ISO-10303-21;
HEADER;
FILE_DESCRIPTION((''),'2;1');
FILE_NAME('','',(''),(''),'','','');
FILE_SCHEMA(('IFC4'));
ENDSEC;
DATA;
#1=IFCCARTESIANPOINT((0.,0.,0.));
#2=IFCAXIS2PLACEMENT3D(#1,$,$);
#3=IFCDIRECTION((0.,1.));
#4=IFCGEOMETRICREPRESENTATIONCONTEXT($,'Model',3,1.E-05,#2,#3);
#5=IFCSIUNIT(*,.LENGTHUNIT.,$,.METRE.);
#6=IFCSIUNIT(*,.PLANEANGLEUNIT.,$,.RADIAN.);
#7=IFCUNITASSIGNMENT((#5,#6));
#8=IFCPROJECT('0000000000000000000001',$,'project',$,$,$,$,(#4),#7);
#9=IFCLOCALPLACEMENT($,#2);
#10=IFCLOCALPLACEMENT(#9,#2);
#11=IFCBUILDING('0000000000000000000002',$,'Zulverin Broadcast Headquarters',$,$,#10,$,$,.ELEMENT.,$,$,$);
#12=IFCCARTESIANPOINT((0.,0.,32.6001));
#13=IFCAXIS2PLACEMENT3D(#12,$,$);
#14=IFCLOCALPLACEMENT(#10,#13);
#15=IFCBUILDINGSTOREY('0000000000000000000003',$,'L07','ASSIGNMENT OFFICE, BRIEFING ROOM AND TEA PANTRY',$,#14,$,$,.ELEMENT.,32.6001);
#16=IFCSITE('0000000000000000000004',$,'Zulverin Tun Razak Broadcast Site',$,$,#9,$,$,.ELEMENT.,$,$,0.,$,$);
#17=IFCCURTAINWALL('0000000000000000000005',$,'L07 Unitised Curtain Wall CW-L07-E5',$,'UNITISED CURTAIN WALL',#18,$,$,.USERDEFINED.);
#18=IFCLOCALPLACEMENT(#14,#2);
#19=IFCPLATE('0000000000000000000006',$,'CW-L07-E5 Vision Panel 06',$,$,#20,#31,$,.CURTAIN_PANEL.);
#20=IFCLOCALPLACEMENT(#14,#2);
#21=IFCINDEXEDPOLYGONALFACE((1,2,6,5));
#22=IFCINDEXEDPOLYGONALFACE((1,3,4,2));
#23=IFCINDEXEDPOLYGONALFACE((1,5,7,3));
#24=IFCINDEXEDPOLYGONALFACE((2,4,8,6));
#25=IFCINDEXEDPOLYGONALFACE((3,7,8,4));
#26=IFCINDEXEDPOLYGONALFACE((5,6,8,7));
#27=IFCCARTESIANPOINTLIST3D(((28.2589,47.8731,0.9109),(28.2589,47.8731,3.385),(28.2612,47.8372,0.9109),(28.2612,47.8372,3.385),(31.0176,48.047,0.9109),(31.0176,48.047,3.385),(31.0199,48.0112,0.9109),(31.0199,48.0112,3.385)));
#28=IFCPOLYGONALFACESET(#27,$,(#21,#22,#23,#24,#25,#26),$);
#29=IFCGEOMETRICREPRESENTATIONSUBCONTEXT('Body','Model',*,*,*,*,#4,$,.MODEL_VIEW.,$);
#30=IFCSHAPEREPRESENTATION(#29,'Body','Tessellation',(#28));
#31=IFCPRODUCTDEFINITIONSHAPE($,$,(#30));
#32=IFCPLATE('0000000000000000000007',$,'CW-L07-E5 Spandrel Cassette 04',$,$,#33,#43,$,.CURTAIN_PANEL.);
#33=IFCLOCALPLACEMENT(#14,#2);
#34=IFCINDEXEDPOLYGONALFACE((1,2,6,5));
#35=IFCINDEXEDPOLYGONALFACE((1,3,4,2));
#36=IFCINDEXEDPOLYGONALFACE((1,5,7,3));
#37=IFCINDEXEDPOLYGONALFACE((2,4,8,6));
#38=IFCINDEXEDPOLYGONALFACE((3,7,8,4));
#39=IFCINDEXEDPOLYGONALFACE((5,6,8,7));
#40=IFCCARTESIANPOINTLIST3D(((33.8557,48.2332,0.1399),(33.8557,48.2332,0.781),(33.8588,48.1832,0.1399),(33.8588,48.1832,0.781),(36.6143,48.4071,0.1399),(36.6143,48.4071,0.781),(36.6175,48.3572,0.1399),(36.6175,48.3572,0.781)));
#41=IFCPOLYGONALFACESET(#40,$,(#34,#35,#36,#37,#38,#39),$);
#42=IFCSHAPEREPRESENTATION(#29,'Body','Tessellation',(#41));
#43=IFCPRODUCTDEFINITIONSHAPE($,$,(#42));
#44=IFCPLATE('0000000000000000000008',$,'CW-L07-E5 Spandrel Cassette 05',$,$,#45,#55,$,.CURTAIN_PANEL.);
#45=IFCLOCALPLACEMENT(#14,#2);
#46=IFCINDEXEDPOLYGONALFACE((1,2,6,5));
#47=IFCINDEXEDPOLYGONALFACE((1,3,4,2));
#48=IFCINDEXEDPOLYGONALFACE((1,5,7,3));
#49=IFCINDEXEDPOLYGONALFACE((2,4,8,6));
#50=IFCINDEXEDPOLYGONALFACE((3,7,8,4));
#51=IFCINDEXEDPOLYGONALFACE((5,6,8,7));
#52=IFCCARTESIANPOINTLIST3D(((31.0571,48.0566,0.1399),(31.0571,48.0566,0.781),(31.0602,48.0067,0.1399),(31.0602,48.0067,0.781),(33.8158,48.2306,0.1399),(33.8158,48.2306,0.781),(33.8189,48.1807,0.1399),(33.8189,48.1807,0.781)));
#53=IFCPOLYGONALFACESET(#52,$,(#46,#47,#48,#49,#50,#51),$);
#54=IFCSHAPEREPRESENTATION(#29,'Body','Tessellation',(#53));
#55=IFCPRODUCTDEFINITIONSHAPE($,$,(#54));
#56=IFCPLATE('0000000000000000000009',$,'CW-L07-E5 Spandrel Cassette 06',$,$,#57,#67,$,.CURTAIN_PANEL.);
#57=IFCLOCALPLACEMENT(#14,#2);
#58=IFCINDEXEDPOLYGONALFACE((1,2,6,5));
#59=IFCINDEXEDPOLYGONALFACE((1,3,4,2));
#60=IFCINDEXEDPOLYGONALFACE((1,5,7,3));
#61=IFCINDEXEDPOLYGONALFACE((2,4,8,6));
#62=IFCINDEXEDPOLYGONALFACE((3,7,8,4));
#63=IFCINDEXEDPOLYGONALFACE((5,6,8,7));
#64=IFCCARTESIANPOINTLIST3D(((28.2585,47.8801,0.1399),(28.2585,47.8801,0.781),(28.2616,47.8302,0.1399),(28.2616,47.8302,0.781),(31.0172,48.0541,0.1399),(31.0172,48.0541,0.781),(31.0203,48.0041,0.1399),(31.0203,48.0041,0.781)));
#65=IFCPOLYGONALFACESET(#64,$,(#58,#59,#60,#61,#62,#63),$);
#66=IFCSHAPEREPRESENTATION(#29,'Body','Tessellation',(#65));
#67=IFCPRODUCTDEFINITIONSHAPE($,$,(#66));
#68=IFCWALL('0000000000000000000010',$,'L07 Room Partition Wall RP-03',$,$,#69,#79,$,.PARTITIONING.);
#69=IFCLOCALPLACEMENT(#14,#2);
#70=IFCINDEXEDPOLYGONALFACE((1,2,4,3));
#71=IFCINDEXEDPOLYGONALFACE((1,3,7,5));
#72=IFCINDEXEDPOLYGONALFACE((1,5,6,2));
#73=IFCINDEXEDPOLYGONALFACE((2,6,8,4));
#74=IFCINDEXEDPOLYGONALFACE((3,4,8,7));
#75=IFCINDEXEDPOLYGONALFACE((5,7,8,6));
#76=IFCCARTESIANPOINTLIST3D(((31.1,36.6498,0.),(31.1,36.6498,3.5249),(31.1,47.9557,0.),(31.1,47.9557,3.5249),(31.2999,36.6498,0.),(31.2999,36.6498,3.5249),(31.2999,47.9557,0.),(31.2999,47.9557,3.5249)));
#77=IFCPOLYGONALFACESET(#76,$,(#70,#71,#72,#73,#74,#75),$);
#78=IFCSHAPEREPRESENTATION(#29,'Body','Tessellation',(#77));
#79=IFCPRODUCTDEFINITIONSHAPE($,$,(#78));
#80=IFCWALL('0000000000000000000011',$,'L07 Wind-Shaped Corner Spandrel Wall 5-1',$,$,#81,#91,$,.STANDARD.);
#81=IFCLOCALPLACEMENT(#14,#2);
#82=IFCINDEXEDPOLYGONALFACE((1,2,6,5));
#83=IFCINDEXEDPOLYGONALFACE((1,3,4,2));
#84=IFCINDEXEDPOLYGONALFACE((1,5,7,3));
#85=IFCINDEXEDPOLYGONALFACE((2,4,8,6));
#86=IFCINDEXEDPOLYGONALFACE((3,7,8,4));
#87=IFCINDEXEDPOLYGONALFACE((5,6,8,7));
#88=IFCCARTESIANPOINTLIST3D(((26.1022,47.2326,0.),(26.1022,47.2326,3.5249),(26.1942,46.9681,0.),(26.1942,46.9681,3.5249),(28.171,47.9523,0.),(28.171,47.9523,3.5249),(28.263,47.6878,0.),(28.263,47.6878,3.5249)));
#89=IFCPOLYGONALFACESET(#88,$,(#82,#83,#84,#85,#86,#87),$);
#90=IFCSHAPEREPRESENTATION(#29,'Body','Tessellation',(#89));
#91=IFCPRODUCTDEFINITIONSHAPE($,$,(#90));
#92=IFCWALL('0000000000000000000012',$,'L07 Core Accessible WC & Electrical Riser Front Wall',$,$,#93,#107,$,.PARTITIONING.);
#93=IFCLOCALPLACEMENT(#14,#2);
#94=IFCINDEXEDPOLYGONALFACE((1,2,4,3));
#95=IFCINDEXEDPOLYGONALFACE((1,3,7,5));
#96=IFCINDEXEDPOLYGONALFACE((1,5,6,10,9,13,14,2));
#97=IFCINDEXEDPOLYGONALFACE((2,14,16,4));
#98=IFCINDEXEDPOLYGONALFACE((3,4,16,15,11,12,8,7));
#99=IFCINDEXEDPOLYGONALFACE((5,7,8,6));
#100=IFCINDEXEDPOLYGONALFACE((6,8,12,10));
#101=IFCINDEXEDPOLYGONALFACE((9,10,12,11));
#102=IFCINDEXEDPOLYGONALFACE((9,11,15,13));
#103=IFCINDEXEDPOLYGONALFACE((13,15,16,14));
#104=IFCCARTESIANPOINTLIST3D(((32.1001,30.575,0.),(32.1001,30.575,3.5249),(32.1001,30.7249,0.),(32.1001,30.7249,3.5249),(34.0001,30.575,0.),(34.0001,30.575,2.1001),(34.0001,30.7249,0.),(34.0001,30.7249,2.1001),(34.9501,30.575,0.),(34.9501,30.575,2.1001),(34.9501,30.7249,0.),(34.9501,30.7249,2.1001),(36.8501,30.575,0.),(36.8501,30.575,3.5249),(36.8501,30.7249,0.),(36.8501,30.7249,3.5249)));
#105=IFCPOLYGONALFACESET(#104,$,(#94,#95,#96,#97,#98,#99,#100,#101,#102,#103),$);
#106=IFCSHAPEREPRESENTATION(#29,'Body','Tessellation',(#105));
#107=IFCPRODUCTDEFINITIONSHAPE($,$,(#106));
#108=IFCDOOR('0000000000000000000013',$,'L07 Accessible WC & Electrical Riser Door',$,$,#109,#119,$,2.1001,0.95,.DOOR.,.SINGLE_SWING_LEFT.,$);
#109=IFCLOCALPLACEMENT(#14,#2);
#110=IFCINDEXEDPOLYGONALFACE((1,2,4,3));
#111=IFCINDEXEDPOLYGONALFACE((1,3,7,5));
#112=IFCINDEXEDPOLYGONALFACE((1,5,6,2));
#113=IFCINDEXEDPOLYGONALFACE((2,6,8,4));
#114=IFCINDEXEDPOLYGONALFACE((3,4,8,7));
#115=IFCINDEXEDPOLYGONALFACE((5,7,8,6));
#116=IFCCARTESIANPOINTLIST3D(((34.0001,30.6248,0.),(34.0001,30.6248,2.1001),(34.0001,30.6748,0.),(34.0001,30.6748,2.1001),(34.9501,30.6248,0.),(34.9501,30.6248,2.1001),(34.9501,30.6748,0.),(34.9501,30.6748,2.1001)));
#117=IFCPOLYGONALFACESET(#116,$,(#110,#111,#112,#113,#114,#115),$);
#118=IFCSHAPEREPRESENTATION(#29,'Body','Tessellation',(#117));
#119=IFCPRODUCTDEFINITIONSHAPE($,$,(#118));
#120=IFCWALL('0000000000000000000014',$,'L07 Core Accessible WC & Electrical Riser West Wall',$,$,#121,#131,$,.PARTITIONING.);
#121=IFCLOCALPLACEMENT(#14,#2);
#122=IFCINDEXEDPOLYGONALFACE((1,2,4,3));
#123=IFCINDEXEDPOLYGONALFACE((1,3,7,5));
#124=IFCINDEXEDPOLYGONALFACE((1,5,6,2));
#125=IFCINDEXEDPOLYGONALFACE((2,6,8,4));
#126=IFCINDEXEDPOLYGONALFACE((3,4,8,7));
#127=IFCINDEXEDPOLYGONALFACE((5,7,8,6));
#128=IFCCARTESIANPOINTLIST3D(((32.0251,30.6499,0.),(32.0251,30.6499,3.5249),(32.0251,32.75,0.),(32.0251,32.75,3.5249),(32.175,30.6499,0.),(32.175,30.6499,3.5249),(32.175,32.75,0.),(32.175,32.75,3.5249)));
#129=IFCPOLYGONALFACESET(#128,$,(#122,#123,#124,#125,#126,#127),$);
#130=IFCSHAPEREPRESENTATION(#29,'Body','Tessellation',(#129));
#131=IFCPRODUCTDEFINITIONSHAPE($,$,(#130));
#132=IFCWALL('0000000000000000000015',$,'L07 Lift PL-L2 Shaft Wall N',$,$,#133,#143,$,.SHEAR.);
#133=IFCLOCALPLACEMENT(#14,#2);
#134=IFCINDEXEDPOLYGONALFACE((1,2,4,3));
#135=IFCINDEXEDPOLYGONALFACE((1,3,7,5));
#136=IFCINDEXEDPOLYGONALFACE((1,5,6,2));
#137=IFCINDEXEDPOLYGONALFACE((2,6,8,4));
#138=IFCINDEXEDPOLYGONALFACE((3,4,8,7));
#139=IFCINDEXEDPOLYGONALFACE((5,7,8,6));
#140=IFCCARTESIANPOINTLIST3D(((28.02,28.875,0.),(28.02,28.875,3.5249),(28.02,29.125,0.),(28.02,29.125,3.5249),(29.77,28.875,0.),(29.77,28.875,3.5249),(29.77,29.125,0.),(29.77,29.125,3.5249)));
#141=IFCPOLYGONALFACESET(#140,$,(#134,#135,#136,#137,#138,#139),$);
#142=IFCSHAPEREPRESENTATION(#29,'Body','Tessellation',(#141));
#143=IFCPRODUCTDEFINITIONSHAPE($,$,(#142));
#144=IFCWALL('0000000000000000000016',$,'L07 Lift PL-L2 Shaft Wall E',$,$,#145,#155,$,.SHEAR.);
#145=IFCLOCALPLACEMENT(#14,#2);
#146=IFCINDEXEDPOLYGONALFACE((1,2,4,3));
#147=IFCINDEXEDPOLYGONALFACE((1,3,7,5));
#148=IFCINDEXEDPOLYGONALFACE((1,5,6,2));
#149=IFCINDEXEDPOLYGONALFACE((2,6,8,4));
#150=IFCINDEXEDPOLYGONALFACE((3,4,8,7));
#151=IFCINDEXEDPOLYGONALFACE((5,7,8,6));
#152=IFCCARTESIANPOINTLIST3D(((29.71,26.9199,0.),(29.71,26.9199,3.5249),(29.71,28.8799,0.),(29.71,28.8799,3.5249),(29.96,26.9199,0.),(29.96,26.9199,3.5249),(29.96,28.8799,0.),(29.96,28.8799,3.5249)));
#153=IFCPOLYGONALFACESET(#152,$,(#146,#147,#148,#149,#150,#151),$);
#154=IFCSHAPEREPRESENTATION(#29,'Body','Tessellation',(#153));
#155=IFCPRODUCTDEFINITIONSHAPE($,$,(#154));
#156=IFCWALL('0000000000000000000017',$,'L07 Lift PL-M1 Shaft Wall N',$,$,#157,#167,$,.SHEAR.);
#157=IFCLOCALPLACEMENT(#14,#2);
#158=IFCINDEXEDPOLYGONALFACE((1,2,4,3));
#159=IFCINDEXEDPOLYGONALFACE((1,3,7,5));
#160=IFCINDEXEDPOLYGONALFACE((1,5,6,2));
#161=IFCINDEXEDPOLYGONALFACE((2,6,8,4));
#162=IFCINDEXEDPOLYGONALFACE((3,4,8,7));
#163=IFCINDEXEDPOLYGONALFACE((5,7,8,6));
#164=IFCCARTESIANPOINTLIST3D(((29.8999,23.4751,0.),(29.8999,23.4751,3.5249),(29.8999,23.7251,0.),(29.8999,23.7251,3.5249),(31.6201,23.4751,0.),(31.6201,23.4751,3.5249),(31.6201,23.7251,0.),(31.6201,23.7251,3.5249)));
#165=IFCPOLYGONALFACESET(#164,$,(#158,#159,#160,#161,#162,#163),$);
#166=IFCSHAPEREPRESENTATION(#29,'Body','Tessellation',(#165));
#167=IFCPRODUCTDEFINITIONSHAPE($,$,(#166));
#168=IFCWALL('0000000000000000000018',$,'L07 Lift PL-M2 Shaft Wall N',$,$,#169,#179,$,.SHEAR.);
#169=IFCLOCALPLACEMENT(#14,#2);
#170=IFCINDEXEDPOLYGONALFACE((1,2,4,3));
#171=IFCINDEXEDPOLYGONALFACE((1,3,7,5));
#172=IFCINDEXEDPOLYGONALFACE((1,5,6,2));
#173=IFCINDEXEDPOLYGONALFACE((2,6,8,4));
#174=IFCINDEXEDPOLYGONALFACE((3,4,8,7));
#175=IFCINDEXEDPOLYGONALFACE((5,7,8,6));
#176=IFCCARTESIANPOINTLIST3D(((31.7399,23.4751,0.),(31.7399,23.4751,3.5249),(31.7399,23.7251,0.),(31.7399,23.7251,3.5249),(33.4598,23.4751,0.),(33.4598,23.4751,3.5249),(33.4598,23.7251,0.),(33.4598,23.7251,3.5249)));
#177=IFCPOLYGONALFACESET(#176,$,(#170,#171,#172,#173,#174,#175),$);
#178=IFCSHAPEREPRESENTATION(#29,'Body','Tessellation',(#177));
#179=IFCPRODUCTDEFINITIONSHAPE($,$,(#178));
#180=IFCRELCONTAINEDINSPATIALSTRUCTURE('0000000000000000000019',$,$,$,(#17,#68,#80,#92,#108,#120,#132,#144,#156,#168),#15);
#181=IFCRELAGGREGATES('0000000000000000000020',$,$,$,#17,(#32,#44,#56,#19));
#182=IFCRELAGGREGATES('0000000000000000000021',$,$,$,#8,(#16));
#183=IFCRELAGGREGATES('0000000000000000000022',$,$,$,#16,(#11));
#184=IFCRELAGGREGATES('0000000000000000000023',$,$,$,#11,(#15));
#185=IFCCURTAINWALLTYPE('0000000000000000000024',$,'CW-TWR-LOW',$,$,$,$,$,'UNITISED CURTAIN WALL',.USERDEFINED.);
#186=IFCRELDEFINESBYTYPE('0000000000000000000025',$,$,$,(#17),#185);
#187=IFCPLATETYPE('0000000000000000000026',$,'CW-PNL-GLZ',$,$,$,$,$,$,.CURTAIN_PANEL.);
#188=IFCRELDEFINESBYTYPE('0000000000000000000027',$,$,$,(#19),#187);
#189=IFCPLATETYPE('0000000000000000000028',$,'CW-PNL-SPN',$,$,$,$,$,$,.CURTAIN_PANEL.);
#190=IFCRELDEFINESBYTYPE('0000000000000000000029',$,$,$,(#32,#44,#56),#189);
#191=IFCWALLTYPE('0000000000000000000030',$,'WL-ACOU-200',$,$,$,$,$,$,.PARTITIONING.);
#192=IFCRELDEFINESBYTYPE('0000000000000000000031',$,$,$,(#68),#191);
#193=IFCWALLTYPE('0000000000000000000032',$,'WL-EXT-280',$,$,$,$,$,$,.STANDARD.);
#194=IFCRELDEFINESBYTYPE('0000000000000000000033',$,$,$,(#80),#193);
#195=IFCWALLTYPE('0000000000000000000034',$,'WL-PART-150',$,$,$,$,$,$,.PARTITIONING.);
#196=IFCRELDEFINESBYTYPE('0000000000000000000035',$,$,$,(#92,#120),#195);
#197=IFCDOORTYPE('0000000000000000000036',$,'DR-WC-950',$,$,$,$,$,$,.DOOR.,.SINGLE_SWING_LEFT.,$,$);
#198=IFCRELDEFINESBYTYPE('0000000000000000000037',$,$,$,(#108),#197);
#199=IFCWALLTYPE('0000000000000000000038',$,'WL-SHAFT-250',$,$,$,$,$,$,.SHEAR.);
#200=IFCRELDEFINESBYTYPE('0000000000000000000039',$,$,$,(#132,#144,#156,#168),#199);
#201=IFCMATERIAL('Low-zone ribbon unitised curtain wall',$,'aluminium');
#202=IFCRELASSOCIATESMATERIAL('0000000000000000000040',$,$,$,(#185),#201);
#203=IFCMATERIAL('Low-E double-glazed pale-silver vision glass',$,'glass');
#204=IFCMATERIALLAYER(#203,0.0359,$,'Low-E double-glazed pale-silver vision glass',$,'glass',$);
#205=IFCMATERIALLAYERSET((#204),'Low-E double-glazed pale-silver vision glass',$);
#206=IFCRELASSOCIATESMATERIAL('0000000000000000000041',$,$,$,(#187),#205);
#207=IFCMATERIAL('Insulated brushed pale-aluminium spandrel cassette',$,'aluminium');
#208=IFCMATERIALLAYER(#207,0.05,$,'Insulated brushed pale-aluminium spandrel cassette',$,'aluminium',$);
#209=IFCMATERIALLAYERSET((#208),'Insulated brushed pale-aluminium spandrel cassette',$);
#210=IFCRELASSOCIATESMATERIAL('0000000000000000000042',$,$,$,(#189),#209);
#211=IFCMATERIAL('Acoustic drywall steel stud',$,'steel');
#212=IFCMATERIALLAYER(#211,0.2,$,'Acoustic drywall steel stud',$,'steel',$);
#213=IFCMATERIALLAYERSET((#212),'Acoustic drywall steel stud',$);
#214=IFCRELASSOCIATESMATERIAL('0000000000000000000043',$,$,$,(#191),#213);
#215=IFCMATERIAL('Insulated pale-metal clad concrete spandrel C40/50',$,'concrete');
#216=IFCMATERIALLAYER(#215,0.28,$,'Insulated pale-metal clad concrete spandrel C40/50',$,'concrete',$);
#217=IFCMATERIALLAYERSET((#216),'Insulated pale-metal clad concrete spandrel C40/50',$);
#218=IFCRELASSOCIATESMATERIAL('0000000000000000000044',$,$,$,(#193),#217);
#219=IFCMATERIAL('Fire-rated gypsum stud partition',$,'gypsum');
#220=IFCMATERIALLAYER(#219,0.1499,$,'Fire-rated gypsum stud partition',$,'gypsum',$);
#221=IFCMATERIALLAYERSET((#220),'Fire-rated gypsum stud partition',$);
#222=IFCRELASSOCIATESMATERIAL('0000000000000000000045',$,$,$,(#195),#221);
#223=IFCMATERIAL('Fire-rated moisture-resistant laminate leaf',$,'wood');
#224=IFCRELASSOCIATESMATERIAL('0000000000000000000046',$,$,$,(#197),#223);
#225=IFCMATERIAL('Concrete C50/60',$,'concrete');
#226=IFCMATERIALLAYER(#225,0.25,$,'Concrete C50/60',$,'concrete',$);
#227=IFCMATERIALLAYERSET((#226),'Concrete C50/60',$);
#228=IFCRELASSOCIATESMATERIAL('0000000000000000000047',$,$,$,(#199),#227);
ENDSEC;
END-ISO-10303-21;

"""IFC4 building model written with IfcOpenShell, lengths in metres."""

from ifc_helpers import new_model, si_unit, direction, frame, frame_2d, origin, origin_2d, place, context, subcontext, project, spatial, rectangle, extrude, material, layer, layer_set, type_object, element, fill, aggregate, save


model = new_model("IFC4")

# Units and contexts
model_context = context("Model", 3, precision=1e-05, world=origin(), true_north=direction((0.0, 1.0)))
body_context = subcontext(model_context, "Body", "Model", "MODEL_VIEW")
ifc_project = project(units=[si_unit("LENGTHUNIT", "METRE"), si_unit("PLANEANGLEUNIT", "RADIAN")], contexts=[model_context])

# Site, building, storey
site_placement = place(None, origin())
site = spatial("IfcSite", under=ifc_project, at=site_placement, Name="Zulverin Tun Razak Broadcast Site", CompositionType="ELEMENT", RefElevation=0.0)
building_placement = place(site_placement, origin())
building = spatial("IfcBuilding", under=site, at=building_placement, Name="Zulverin Broadcast Headquarters", CompositionType="ELEMENT")
storey_placement = place(building_placement, frame((0.0, 0.0, 32.6001)))
storey = spatial("IfcBuildingStorey", under=building, at=storey_placement, Name="L07", Description="ASSIGNMENT OFFICE, BRIEFING ROOM AND TEA PANTRY", CompositionType="ELEMENT", Elevation=32.6001)

# Curtain wall, plates
ifc_material_1 = material(Name="Low-zone ribbon unitised curtain wall", Category="aluminium")
curtain_wall_type = type_object("IfcCurtainWallType", Name="CW-TWR-LOW", ElementType="UNITISED CURTAIN WALL", PredefinedType="USERDEFINED", material=ifc_material_1)
curtain_wall_placement = place(storey_placement, origin())
curtain_wall = element("IfcCurtainWall", 1, at=curtain_wall_placement, inside=storey, type_object=curtain_wall_type, Name="L07 Unitised Curtain Wall CW-L07-E5", ObjectType="UNITISED CURTAIN WALL", PredefinedType="USERDEFINED")
ifc_material_2 = material(Name="Low-E double-glazed pale-silver vision glass", Category="glass")
ifc_layer_1 = layer(ifc_material_2, 0.0359, Name="Low-E double-glazed pale-silver vision glass", Category="glass")
ifc_layer_set_1 = layer_set([ifc_layer_1], Name="Low-E double-glazed pale-silver vision glass")
plate_type_1 = type_object("IfcPlateType", Name="CW-PNL-GLZ", PredefinedType="CURTAIN_PANEL", material=ifc_layer_set_1)
plate_1_placement = place(storey_placement, frame((29.6394, 47.9421, 0.9109), z_axis=(0.0, 0.0, 1.0), x_axis=(-0.998018, -0.062935, 0.0)))
plate_1 = element("IfcPlate", 2, at=plate_1_placement, type_object=plate_type_1, Name="CW-L07-E5 Vision Panel 06", PredefinedType="CURTAIN_PANEL", context=body_context, shape_type="SweptSolid", body=[
    extrude(rectangle(XDim=2.7642, YDim=0.0359, at=origin_2d()), origin(), (0.0, 0.0, 1.0), 2.4741),
])
ifc_material_3 = material(Name="Insulated brushed pale-aluminium spandrel cassette", Category="aluminium")
ifc_layer_2 = layer(ifc_material_3, 0.05, Name="Insulated brushed pale-aluminium spandrel cassette", Category="aluminium")
ifc_layer_set_2 = layer_set([ifc_layer_2], Name="Insulated brushed pale-aluminium spandrel cassette")
plate_type_2 = type_object("IfcPlateType", Name="CW-PNL-SPN", PredefinedType="CURTAIN_PANEL", material=ifc_layer_set_2)
plate_2_placement = place(storey_placement, frame((35.2366, 48.2952, 0.1399), z_axis=(0.0, 0.0, 1.0), x_axis=(-0.998018, -0.062935, 0.0)))
plate_2 = element("IfcPlate", 3, at=plate_2_placement, type_object=plate_type_2, Name="CW-L07-E5 Spandrel Cassette 04", PredefinedType="CURTAIN_PANEL", context=body_context, shape_type="SweptSolid", body=[
    extrude(rectangle(XDim=2.7642, YDim=0.05, at=origin_2d()), origin(), (0.0, 0.0, 1.0), 0.6411),
])
plate_3_placement = place(storey_placement, frame((32.438, 48.1187, 0.1399), z_axis=(0.0, 0.0, 1.0), x_axis=(-0.998018, -0.062935, 0.0)))
plate_3 = element("IfcPlate", 4, at=plate_3_placement, type_object=plate_type_2, Name="CW-L07-E5 Spandrel Cassette 05", PredefinedType="CURTAIN_PANEL", context=body_context, shape_type="SweptSolid", body=[
    extrude(rectangle(XDim=2.7642, YDim=0.05, at=origin_2d()), origin(), (0.0, 0.0, 1.0), 0.6411),
])
plate_4_placement = place(storey_placement, frame((29.6394, 47.9421, 0.1399), z_axis=(0.0, 0.0, 1.0), x_axis=(-0.998018, -0.062935, 0.0)))
plate_4 = element("IfcPlate", 5, at=plate_4_placement, type_object=plate_type_2, Name="CW-L07-E5 Spandrel Cassette 06", PredefinedType="CURTAIN_PANEL", context=body_context, shape_type="SweptSolid", body=[
    extrude(rectangle(XDim=2.7642, YDim=0.05, at=origin_2d()), origin(), (0.0, 0.0, 1.0), 0.6411),
])
aggregate(curtain_wall, [plate_2, plate_3, plate_4, plate_1])

# Walls
ifc_material_4 = material(Name="Acoustic drywall steel stud", Category="steel")
ifc_layer_3 = layer(ifc_material_4, 0.2, Name="Acoustic drywall steel stud", Category="steel")
ifc_layer_set_3 = layer_set([ifc_layer_3], Name="Acoustic drywall steel stud")
wall_type_1 = type_object("IfcWallType", Name="WL-ACOU-200", PredefinedType="PARTITIONING", material=ifc_layer_set_3)
wall_1_placement = place(storey_placement, frame((31.2, 36.6499, 0.0), z_axis=(0.0, 0.0, 1.0), x_axis=(0.0, 1.0, 0.0)))
element("IfcWall", 6, at=wall_1_placement, inside=storey, type_object=wall_type_1, Name="L07 Room Partition Wall RP-03", PredefinedType="PARTITIONING", context=body_context, shape_type="SweptSolid", body=[
    extrude(rectangle(XDim=11.3059, YDim=0.2, at=frame_2d((5.6528, 0.0))), origin(), (0.0, 0.0, 1.0), 3.5249),
])
ifc_material_5 = material(Name="Insulated pale-metal clad concrete spandrel C40/50", Category="concrete")
ifc_layer_4 = layer(ifc_material_5, 0.28, Name="Insulated pale-metal clad concrete spandrel C40/50", Category="concrete")
ifc_layer_set_4 = layer_set([ifc_layer_4], Name="Insulated pale-metal clad concrete spandrel C40/50")
wall_type_2 = type_object("IfcWallType", Name="WL-EXT-280", PredefinedType="STANDARD", material=ifc_layer_set_4)
wall_2_placement = place(storey_placement, frame((28.217, 47.8201, 0.0), z_axis=(0.0, 0.0, 1.0), x_axis=(-0.944479, -0.328572, 0.0)))
element("IfcWall", 7, at=wall_2_placement, inside=storey, type_object=wall_type_2, Name="L07 Wind-Shaped Corner Spandrel Wall 5-1", PredefinedType="STANDARD", context=body_context, shape_type="SweptSolid", body=[
    extrude(rectangle(XDim=2.1904, YDim=0.28, at=frame_2d((1.0952, 0.0))), origin(), (0.0, 0.0, 1.0), 3.5249),
])

# Wall, opening, door
ifc_material_6 = material(Name="Fire-rated gypsum stud partition", Category="gypsum")
ifc_layer_5 = layer(ifc_material_6, 0.1499, Name="Fire-rated gypsum stud partition", Category="gypsum")
ifc_layer_set_5 = layer_set([ifc_layer_5], Name="Fire-rated gypsum stud partition")
wall_type_3 = type_object("IfcWallType", Name="WL-PART-150", PredefinedType="PARTITIONING", material=ifc_layer_set_5)
wall_3_placement = place(storey_placement, frame((32.1001, 30.6499, 0.0), z_axis=(0.0, 0.0, 1.0), x_axis=(1.0, 0.0, 0.0)))
wall_3 = element("IfcWall", 8, at=wall_3_placement, inside=storey, type_object=wall_type_3, Name="L07 Core Accessible WC & Electrical Riser Front Wall", PredefinedType="PARTITIONING", context=body_context, shape_type="SweptSolid", body=[
    extrude(rectangle(XDim=4.75, YDim=0.1499, at=frame_2d((2.375, 0.0))), origin(), (0.0, 0.0, 1.0), 3.5249),
])
opening_1_placement = place(wall_3_placement, frame((1.8999, 0.0, 0.0)))
opening_1 = element("IfcOpeningElement", 9, at=opening_1_placement, cuts=wall_3, PredefinedType="OPENING", context=body_context, shape_type="SweptSolid", body=[
    extrude(rectangle(XDim=0.95, YDim=2.1001, at=frame_2d((0.4751, 1.05))), frame((0.0, 0.085, 0.0), z_axis=(0.0, -1.0, 0.0), x_axis=(1.0, 0.0, 0.0)), (0.0, 0.0, 1.0), 0.1699),
])
ifc_material_7 = material(Name="Fire-rated moisture-resistant laminate leaf", Category="wood")
door_type_1 = type_object("IfcDoorType", Name="DR-WC-950", OperationType="SINGLE_SWING_LEFT", PredefinedType="DOOR", material=ifc_material_7)
door_1_placement = place(opening_1_placement, origin())
door_1 = element("IfcDoor", 10, at=door_1_placement, inside=storey, type_object=door_type_1, Name="L07 Accessible WC & Electrical Riser Door", OperationType="SINGLE_SWING_LEFT", OverallHeight=2.1001, OverallWidth=0.95, PredefinedType="DOOR", context=body_context, shape_type="SweptSolid", body=[
    extrude(rectangle(XDim=0.95, YDim=2.1001, at=frame_2d((0.4751, 1.05))), frame((0.0, 0.0249, 0.0), z_axis=(0.0, -1.0, 0.0), x_axis=(1.0, 0.0, 0.0)), (0.0, 0.0, 1.0), 0.05),
])
fill(opening_1, door_1)

# Walls
wall_4_placement = place(storey_placement, frame((32.1001, 30.6499, 0.0), z_axis=(0.0, 0.0, 1.0), x_axis=(0.0, 1.0, 0.0)))
element("IfcWall", 11, at=wall_4_placement, inside=storey, type_object=wall_type_3, Name="L07 Core Accessible WC & Electrical Riser West Wall", PredefinedType="PARTITIONING", context=body_context, shape_type="SweptSolid", body=[
    extrude(rectangle(XDim=2.1001, YDim=0.1499, at=frame_2d((1.05, 0.0))), origin(), (0.0, 0.0, 1.0), 3.5249),
])
ifc_material_8 = material(Name="Concrete C50/60", Category="concrete")
ifc_layer_6 = layer(ifc_material_8, 0.25, Name="Concrete C50/60", Category="concrete")
ifc_layer_set_6 = layer_set([ifc_layer_6], Name="Concrete C50/60")
wall_type_4 = type_object("IfcWallType", Name="WL-SHAFT-250", PredefinedType="SHEAR", material=ifc_layer_set_6)
wall_5_placement = place(storey_placement, frame((28.02, 29.0, 0.0), z_axis=(0.0, 0.0, 1.0), x_axis=(1.0, 0.0, 0.0)))
element("IfcWall", 12, at=wall_5_placement, inside=storey, type_object=wall_type_4, Name="L07 Lift PL-L2 Shaft Wall N", PredefinedType="SHEAR", context=body_context, shape_type="SweptSolid", body=[
    extrude(rectangle(XDim=1.75, YDim=0.25, at=frame_2d((0.875, 0.0))), origin(), (0.0, 0.0, 1.0), 3.5249),
])
wall_6_placement = place(storey_placement, frame((29.835, 26.9199, 0.0), z_axis=(0.0, 0.0, 1.0), x_axis=(0.0, 1.0, 0.0)))
element("IfcWall", 13, at=wall_6_placement, inside=storey, type_object=wall_type_4, Name="L07 Lift PL-L2 Shaft Wall E", PredefinedType="SHEAR", context=body_context, shape_type="SweptSolid", body=[
    extrude(rectangle(XDim=1.96, YDim=0.25, at=frame_2d((0.98, 0.0))), origin(), (0.0, 0.0, 1.0), 3.5249),
])
wall_7_placement = place(storey_placement, frame((29.8999, 23.6001, 0.0), z_axis=(0.0, 0.0, 1.0), x_axis=(1.0, 0.0, 0.0)))
element("IfcWall", 14, at=wall_7_placement, inside=storey, type_object=wall_type_4, Name="L07 Lift PL-M1 Shaft Wall N", PredefinedType="SHEAR", context=body_context, shape_type="SweptSolid", body=[
    extrude(rectangle(XDim=1.7202, YDim=0.25, at=frame_2d((0.8601, 0.0))), origin(), (0.0, 0.0, 1.0), 3.5249),
])
for number, where, z_axis, x_axis, name in (
    (15, (31.74, 23.6001, 0.0), (0.0, 0.0, 1.0), (1.0, 0.0, 0.0), "L07 Lift PL-M2 Shaft Wall N"),
):
    element("IfcWall", number, at=place(storey_placement, frame(where, z_axis=z_axis, x_axis=x_axis)), inside=storey, type_object=wall_type_4, Name=name, PredefinedType="SHEAR", context=body_context, shape_type="SweptSolid", body=[
        extrude(rectangle(XDim=1.72, YDim=0.25, at=frame_2d((0.8599, 0.0))), origin(), (0.0, 0.0, 1.0), 3.5249),
    ])

save(model, "model.ifc")
